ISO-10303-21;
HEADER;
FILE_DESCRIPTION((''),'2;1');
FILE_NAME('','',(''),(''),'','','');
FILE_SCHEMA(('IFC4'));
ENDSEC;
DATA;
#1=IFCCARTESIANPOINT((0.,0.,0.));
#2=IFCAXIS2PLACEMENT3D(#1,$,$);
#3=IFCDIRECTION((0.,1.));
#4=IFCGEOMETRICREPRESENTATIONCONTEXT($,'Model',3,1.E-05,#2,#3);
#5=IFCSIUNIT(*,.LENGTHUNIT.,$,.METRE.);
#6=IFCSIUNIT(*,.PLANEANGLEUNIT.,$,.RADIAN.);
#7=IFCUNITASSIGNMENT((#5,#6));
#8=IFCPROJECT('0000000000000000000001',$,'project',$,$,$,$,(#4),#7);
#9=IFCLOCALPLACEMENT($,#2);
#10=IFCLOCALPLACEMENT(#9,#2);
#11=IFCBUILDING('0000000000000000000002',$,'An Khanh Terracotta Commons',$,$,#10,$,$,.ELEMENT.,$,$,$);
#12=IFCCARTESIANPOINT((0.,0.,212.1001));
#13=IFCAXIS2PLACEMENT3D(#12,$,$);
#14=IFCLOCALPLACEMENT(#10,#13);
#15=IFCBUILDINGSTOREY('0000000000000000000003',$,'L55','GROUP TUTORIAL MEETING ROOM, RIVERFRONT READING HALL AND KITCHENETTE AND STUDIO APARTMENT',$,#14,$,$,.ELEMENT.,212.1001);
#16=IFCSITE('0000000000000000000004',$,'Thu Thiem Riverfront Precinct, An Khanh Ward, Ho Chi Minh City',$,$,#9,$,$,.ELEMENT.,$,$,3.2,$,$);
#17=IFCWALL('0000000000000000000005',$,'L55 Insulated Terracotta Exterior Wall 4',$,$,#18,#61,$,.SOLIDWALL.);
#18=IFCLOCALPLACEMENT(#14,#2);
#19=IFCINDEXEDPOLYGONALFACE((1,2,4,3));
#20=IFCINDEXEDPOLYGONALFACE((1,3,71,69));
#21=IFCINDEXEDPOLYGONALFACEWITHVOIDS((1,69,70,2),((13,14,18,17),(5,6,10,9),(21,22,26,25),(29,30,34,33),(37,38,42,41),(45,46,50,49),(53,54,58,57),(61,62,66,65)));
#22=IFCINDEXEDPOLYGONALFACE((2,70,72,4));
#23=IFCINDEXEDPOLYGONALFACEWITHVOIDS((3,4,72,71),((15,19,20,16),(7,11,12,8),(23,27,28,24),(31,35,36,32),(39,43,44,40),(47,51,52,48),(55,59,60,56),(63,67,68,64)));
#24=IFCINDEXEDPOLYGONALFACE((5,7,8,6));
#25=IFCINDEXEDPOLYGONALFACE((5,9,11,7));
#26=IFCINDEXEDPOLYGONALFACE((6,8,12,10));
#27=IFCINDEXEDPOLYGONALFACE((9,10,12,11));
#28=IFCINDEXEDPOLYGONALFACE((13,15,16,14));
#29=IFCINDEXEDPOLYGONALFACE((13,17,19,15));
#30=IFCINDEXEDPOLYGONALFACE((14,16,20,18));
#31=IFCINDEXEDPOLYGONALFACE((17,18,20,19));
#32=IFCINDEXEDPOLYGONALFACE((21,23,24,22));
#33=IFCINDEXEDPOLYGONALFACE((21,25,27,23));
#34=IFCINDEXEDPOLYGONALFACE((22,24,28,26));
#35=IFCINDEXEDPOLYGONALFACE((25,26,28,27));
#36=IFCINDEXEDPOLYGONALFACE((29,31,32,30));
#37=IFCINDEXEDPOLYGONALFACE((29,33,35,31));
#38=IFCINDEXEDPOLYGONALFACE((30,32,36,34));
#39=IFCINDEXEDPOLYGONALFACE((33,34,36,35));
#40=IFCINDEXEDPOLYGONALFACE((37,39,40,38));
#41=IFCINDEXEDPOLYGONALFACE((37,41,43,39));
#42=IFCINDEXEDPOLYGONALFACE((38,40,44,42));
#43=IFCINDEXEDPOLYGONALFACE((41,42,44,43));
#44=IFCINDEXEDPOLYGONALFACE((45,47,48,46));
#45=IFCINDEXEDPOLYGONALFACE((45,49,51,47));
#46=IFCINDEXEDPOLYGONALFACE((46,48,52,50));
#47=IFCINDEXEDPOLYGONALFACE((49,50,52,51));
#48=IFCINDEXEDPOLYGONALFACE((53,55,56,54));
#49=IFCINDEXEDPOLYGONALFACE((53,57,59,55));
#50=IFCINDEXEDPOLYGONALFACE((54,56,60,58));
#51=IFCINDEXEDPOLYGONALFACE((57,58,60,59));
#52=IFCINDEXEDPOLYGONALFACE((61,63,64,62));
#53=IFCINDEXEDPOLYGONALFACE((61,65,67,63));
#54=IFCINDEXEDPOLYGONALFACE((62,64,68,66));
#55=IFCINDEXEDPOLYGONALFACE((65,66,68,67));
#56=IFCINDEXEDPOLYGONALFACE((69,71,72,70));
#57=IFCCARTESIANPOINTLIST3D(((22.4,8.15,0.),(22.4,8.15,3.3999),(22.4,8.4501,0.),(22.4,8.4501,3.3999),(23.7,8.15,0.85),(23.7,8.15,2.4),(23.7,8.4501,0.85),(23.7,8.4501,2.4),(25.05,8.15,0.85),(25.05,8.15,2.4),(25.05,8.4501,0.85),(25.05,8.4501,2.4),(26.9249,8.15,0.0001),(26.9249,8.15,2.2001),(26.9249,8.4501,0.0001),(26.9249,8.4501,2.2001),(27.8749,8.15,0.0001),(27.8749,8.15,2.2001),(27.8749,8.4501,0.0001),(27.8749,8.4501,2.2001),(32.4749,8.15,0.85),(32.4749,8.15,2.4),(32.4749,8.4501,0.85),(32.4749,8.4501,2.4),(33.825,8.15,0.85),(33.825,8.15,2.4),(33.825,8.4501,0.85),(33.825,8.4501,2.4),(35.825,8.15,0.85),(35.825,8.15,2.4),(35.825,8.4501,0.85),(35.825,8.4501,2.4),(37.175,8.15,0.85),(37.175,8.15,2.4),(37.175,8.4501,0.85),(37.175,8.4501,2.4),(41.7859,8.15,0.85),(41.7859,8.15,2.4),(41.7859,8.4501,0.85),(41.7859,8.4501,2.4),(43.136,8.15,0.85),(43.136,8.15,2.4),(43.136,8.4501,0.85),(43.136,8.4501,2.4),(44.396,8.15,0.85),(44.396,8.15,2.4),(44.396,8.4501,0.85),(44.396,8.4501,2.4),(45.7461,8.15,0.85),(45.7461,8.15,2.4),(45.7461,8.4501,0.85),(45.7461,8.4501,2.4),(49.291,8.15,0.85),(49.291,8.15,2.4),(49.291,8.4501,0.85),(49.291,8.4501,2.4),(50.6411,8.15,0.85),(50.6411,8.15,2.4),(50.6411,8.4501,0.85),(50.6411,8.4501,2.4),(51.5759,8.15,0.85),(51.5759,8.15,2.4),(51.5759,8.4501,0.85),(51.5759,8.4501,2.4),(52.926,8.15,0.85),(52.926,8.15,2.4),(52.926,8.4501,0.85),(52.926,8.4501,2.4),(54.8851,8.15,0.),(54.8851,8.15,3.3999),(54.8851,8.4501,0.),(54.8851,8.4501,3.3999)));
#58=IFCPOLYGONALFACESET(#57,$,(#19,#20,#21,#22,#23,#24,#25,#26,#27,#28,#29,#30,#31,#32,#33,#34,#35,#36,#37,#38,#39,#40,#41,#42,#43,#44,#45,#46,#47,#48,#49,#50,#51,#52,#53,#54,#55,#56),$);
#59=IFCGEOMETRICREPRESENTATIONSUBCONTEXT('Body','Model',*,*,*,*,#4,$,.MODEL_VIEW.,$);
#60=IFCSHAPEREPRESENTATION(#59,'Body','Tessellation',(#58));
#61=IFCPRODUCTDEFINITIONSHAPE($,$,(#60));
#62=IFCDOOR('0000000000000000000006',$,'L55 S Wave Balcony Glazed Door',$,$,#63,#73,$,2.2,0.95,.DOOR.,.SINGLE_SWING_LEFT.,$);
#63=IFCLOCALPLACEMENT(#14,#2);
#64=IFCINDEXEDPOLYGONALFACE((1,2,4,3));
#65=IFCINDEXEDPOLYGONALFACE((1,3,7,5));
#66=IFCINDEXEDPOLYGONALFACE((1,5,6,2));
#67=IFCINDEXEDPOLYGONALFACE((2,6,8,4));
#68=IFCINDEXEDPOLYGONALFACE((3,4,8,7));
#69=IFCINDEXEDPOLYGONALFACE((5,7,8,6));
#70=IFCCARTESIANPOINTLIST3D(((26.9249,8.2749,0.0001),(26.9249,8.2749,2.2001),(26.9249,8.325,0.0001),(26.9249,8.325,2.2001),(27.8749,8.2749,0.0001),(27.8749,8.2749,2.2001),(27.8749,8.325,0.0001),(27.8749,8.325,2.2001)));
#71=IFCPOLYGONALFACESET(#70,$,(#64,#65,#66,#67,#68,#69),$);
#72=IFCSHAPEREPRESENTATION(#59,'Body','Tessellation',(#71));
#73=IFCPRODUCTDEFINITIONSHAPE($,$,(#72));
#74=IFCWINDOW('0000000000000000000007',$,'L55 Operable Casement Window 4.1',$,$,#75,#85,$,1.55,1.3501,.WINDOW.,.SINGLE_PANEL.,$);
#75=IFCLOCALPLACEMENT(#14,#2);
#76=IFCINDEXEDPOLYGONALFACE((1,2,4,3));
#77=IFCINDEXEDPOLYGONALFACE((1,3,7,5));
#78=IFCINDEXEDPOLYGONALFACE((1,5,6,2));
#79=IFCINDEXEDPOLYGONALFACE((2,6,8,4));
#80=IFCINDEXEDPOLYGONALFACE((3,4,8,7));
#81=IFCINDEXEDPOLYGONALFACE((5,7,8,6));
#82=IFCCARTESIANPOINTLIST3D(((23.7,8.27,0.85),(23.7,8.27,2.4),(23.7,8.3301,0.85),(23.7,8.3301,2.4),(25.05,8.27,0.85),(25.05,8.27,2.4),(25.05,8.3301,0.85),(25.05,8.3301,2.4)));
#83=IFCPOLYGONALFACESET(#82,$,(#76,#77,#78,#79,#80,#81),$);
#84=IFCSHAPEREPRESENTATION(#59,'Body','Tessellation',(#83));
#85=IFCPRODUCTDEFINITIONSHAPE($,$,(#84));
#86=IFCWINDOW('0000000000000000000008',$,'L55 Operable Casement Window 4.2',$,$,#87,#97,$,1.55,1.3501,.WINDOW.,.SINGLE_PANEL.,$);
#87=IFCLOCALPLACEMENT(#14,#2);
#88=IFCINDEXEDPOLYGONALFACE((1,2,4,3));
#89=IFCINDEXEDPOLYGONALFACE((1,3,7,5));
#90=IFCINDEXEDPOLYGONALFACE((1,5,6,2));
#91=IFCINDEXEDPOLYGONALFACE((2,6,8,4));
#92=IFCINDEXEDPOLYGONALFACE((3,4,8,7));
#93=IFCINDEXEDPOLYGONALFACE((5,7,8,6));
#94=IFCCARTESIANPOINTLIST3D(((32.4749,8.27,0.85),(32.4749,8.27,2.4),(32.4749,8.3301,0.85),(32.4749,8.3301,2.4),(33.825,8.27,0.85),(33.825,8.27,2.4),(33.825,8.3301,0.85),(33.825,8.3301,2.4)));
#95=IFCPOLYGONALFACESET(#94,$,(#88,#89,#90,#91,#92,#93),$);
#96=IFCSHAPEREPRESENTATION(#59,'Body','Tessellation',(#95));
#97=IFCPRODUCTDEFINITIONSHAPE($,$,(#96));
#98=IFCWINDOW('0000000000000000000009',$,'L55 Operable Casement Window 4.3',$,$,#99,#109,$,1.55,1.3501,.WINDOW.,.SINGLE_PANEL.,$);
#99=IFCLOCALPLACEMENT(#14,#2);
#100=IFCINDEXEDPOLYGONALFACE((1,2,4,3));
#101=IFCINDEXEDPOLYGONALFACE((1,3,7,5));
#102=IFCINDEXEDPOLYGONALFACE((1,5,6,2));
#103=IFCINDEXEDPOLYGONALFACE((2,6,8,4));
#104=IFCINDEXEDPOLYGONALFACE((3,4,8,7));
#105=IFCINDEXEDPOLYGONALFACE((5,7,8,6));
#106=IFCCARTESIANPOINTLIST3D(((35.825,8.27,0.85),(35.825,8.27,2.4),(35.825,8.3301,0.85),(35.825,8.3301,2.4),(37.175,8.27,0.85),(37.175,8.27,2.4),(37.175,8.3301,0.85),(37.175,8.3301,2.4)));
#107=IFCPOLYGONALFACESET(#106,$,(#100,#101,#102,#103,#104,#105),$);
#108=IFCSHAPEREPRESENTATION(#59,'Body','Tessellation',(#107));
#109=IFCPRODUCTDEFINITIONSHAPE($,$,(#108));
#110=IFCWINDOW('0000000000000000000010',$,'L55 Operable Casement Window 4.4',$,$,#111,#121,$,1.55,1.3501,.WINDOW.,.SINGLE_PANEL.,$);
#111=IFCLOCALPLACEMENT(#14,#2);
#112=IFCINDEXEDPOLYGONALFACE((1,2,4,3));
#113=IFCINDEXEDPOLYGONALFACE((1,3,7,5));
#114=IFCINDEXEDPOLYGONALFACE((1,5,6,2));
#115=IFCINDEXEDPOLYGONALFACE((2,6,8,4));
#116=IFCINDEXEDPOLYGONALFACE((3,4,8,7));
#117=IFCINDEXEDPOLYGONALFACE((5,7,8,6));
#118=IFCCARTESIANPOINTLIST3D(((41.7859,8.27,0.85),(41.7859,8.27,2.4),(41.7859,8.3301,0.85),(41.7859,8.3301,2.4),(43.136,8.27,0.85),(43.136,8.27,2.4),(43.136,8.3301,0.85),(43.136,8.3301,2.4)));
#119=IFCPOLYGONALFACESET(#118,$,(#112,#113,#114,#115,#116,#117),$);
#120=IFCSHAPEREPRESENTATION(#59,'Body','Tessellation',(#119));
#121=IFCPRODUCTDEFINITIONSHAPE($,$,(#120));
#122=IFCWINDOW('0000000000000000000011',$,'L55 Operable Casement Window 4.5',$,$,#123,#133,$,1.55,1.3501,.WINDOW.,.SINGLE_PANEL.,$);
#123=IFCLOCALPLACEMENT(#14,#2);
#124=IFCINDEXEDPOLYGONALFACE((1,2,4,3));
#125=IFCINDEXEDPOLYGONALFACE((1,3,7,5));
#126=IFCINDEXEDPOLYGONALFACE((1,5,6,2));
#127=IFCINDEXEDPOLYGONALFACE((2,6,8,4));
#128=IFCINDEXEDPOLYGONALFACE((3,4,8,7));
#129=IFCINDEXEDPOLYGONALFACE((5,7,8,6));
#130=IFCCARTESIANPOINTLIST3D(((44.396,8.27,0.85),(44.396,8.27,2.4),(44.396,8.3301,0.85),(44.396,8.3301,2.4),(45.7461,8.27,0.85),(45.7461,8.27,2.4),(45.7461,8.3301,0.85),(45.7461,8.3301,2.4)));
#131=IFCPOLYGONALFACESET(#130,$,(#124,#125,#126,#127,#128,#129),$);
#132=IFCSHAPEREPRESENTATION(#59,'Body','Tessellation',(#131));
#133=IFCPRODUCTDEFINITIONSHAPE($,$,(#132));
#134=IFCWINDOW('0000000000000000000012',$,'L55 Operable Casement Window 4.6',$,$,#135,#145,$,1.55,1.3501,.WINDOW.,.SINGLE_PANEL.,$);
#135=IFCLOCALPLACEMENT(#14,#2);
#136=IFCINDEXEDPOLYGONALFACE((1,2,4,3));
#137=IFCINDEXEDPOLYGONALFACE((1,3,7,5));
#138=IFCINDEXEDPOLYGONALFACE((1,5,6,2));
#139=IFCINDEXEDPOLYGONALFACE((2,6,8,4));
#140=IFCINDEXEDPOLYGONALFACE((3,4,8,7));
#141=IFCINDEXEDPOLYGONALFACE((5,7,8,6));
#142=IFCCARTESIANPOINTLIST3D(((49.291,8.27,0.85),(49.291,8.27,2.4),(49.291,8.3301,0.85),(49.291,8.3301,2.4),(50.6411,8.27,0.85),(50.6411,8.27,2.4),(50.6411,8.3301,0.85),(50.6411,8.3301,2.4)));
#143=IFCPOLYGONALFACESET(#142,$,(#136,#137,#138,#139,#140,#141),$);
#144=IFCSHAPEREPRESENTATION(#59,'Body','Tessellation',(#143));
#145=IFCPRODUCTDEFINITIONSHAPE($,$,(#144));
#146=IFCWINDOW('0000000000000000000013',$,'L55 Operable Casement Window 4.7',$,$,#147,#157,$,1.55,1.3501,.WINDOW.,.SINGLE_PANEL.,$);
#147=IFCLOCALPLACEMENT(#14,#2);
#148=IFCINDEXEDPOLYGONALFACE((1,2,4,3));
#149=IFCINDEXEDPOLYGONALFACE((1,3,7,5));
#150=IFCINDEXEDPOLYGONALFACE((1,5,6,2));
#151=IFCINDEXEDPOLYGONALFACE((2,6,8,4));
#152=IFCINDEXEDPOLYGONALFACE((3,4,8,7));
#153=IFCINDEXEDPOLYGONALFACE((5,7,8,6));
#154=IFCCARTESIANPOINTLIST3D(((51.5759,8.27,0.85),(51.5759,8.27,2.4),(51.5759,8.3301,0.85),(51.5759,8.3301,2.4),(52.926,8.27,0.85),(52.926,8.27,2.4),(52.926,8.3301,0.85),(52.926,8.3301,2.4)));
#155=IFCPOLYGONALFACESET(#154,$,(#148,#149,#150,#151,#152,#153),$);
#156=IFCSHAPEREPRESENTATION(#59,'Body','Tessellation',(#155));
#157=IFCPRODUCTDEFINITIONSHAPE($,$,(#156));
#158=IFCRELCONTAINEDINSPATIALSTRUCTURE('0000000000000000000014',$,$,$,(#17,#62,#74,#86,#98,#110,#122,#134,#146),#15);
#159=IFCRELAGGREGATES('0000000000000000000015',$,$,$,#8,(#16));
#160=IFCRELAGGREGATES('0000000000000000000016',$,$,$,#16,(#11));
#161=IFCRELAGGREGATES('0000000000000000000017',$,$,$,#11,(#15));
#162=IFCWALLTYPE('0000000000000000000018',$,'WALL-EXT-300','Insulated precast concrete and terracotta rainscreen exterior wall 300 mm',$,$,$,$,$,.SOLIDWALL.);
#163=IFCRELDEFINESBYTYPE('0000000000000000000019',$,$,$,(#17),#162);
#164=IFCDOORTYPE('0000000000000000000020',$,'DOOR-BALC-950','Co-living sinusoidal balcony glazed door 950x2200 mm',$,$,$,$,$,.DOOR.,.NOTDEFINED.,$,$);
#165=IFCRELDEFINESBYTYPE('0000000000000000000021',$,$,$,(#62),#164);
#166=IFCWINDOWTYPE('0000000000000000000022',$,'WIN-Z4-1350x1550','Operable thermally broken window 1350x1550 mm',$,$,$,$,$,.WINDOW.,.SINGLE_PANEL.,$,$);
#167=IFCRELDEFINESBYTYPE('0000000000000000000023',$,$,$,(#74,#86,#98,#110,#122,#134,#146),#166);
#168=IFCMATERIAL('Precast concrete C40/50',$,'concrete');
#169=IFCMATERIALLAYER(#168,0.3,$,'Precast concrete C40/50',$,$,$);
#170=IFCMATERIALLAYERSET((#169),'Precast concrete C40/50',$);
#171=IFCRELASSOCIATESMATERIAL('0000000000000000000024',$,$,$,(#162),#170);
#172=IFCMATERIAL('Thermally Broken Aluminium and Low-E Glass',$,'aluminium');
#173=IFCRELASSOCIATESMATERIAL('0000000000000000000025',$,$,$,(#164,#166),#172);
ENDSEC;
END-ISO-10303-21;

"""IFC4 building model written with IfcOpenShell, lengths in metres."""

from ifc_helpers import new_model, si_unit, direction, frame, frame_2d, origin, place, context, subcontext, project, spatial, rectangle, extrude, material, layer, layer_set, type_object, element, fill, save


model = new_model("IFC4")

# Units and contexts
model_context = context("Model", 3, precision=1e-05, world=origin(), true_north=direction((0.0, 1.0)))
body_context = subcontext(model_context, "Body", "Model", "MODEL_VIEW")
ifc_project = project(units=[si_unit("LENGTHUNIT", "METRE"), si_unit("PLANEANGLEUNIT", "RADIAN")], contexts=[model_context])

# Site, building, storey
site_placement = place(None, origin())
site = spatial("IfcSite", under=ifc_project, at=site_placement, Name="Thu Thiem Riverfront Precinct, An Khanh Ward, Ho Chi Minh City", CompositionType="ELEMENT", RefElevation=3.2)
building_placement = place(site_placement, origin())
building = spatial("IfcBuilding", under=site, at=building_placement, Name="An Khanh Terracotta Commons", CompositionType="ELEMENT")
storey_placement = place(building_placement, frame((0.0, 0.0, 212.1001)))
storey = spatial("IfcBuildingStorey", under=building, at=storey_placement, Name="L55", Description="GROUP TUTORIAL MEETING ROOM, RIVERFRONT READING HALL AND KITCHENETTE AND STUDIO APARTMENT", CompositionType="ELEMENT", Elevation=212.1001)

# Shared definitions
ifc_material_1 = material(Name="Precast concrete C40/50", Category="concrete")
ifc_layer_1 = layer(ifc_material_1, 0.3, Name="Precast concrete C40/50")
ifc_layer_set_1 = layer_set([ifc_layer_1], Name="Precast concrete C40/50")
wall_type_1 = type_object("IfcWallType", Name="WALL-EXT-300", Description="Insulated precast concrete and terracotta rainscreen exterior wall 300 mm", PredefinedType="SOLIDWALL", material=ifc_layer_set_1)

# Wall, openings, door, windows
wall_1_placement = place(storey_placement, frame((22.3999, 8.3, 0.0), z_axis=(0.0, 0.0, 1.0), x_axis=(1.0, 0.0, 0.0)))
wall_1 = element("IfcWall", 1, at=wall_1_placement, inside=storey, type_object=wall_type_1, Name="L55 Insulated Terracotta Exterior Wall 4", PredefinedType="SOLIDWALL", context=body_context, shape_type="SweptSolid", body=[
    extrude(rectangle(XDim=32.4851, YDim=0.3, at=frame_2d((16.2427, 0.0))), origin(), (0.0, 0.0, 1.0), 3.3999),
])
opening_1_placement = place(wall_1_placement, frame((4.5249, 0.0, 0.0)))
opening_1 = element("IfcOpeningElement", 2, at=opening_1_placement, cuts=wall_1, PredefinedType="OPENING", context=body_context, shape_type="SweptSolid", body=[
    extrude(rectangle(XDim=0.95, YDim=2.2, at=frame_2d((0.4751, 1.1001))), frame((0.0, 0.1599, 0.0), z_axis=(0.0, -1.0, 0.0), x_axis=(1.0, 0.0, 0.0)), (0.0, 0.0, 1.0), 0.3201),
])
opening_2_placement = place(wall_1_placement, frame((1.3, 0.0, 0.8501)))
opening_2 = element("IfcOpeningElement", 3, at=opening_2_placement, cuts=wall_1, PredefinedType="OPENING", context=body_context, shape_type="SweptSolid", body=[
    extrude(rectangle(XDim=1.3501, YDim=1.55, at=frame_2d((0.675, 0.7749))), frame((0.0, 0.1599, 0.0), z_axis=(0.0, -1.0, 0.0), x_axis=(1.0, 0.0, 0.0)), (0.0, 0.0, 1.0), 0.3201),
])
opening_3_placement = place(wall_1_placement, frame((10.075, 0.0, 0.8501)))
opening_3 = element("IfcOpeningElement", 4, at=opening_3_placement, cuts=wall_1, PredefinedType="OPENING", context=body_context, shape_type="SweptSolid", body=[
    extrude(rectangle(XDim=1.3501, YDim=1.55, at=frame_2d((0.675, 0.7749))), frame((0.0, 0.1599, 0.0), z_axis=(0.0, -1.0, 0.0), x_axis=(1.0, 0.0, 0.0)), (0.0, 0.0, 1.0), 0.3201),
])
opening_4_placement = place(wall_1_placement, frame((13.425, 0.0, 0.8501)))
opening_4 = element("IfcOpeningElement", 5, at=opening_4_placement, cuts=wall_1, PredefinedType="OPENING", context=body_context, shape_type="SweptSolid", body=[
    extrude(rectangle(XDim=1.3501, YDim=1.55, at=frame_2d((0.675, 0.7749))), frame((0.0, 0.1599, 0.0), z_axis=(0.0, -1.0, 0.0), x_axis=(1.0, 0.0, 0.0)), (0.0, 0.0, 1.0), 0.3201),
])
opening_5_placement = place(wall_1_placement, frame((19.386, 0.0, 0.8501)))
opening_5 = element("IfcOpeningElement", 6, at=opening_5_placement, cuts=wall_1, PredefinedType="OPENING", context=body_context, shape_type="SweptSolid", body=[
    extrude(rectangle(XDim=1.3501, YDim=1.55, at=frame_2d((0.675, 0.7749))), frame((0.0, 0.1599, 0.0), z_axis=(0.0, -1.0, 0.0), x_axis=(1.0, 0.0, 0.0)), (0.0, 0.0, 1.0), 0.3201),
])
opening_6_placement = place(wall_1_placement, frame((21.9961, 0.0, 0.8501)))
opening_6 = element("IfcOpeningElement", 7, at=opening_6_placement, cuts=wall_1, PredefinedType="OPENING", context=body_context, shape_type="SweptSolid", body=[
    extrude(rectangle(XDim=1.3501, YDim=1.55, at=frame_2d((0.675, 0.7749))), frame((0.0, 0.1599, 0.0), z_axis=(0.0, -1.0, 0.0), x_axis=(1.0, 0.0, 0.0)), (0.0, 0.0, 1.0), 0.3201),
])
opening_7_placement = place(wall_1_placement, frame((26.8911, 0.0, 0.8501)))
opening_7 = element("IfcOpeningElement", 8, at=opening_7_placement, cuts=wall_1, PredefinedType="OPENING", context=body_context, shape_type="SweptSolid", body=[
    extrude(rectangle(XDim=1.3501, YDim=1.55, at=frame_2d((0.675, 0.7749))), frame((0.0, 0.1599, 0.0), z_axis=(0.0, -1.0, 0.0), x_axis=(1.0, 0.0, 0.0)), (0.0, 0.0, 1.0), 0.3201),
])
opening_8_placement = place(wall_1_placement, frame((29.176, 0.0, 0.8501)))
opening_8 = element("IfcOpeningElement", 9, at=opening_8_placement, cuts=wall_1, PredefinedType="OPENING", context=body_context, shape_type="SweptSolid", body=[
    extrude(rectangle(XDim=1.3501, YDim=1.55, at=frame_2d((0.675, 0.7749))), frame((0.0, 0.1599, 0.0), z_axis=(0.0, -1.0, 0.0), x_axis=(1.0, 0.0, 0.0)), (0.0, 0.0, 1.0), 0.3201),
])
ifc_material_2 = material(Name="Thermally Broken Aluminium and Low-E Glass", Category="aluminium")
door_type = type_object("IfcDoorType", Name="DOOR-BALC-950", Description="Co-living sinusoidal balcony glazed door 950x2200 mm", OperationType="NOTDEFINED", PredefinedType="DOOR", material=ifc_material_2)
door_placement = place(opening_1_placement, origin())
door = element("IfcDoor", 10, at=door_placement, inside=storey, type_object=door_type, Name="L55 S Wave Balcony Glazed Door", OperationType="SINGLE_SWING_LEFT", OverallHeight=2.2, OverallWidth=0.95, PredefinedType="DOOR", context=body_context, shape_type="SweptSolid", body=[
    extrude(rectangle(XDim=0.95, YDim=2.2, at=frame_2d((0.4751, 1.1001))), frame((0.0, 0.0249, 0.0), z_axis=(0.0, -1.0, 0.0), x_axis=(1.0, 0.0, 0.0)), (0.0, 0.0, 1.0), 0.05),
])
fill(opening_1, door)
window_type = type_object("IfcWindowType", Name="WIN-Z4-1350x1550", Description="Operable thermally broken window 1350x1550 mm", PartitioningType="SINGLE_PANEL", PredefinedType="WINDOW", material=ifc_material_2)
window_1_placement = place(opening_2_placement, origin())
window_1 = element("IfcWindow", 11, at=window_1_placement, inside=storey, type_object=window_type, Name="L55 Operable Casement Window 4.1", OverallHeight=1.55, OverallWidth=1.3501, PartitioningType="SINGLE_PANEL", PredefinedType="WINDOW", context=body_context, shape_type="SweptSolid", body=[
    extrude(rectangle(XDim=1.3501, YDim=1.55, at=frame_2d((0.675, 0.7749))), frame((0.0, 0.03, 0.0), z_axis=(0.0, -1.0, 0.0), x_axis=(1.0, 0.0, 0.0)), (0.0, 0.0, 1.0), 0.0601),
])
fill(opening_2, window_1)
window_2_placement = place(opening_3_placement, origin())
window_2 = element("IfcWindow", 12, at=window_2_placement, inside=storey, type_object=window_type, Name="L55 Operable Casement Window 4.2", OverallHeight=1.55, OverallWidth=1.3501, PartitioningType="SINGLE_PANEL", PredefinedType="WINDOW", context=body_context, shape_type="SweptSolid", body=[
    extrude(rectangle(XDim=1.3501, YDim=1.55, at=frame_2d((0.675, 0.7749))), frame((0.0, 0.03, 0.0), z_axis=(0.0, -1.0, 0.0), x_axis=(1.0, 0.0, 0.0)), (0.0, 0.0, 1.0), 0.0601),
])
fill(opening_3, window_2)
window_3_placement = place(opening_4_placement, origin())
window_3 = element("IfcWindow", 13, at=window_3_placement, inside=storey, type_object=window_type, Name="L55 Operable Casement Window 4.3", OverallHeight=1.55, OverallWidth=1.3501, PartitioningType="SINGLE_PANEL", PredefinedType="WINDOW", context=body_context, shape_type="SweptSolid", body=[
    extrude(rectangle(XDim=1.3501, YDim=1.55, at=frame_2d((0.675, 0.7749))), frame((0.0, 0.03, 0.0), z_axis=(0.0, -1.0, 0.0), x_axis=(1.0, 0.0, 0.0)), (0.0, 0.0, 1.0), 0.0601),
])
fill(opening_4, window_3)
window_4_placement = place(opening_5_placement, origin())
window_4 = element("IfcWindow", 14, at=window_4_placement, inside=storey, type_object=window_type, Name="L55 Operable Casement Window 4.4", OverallHeight=1.55, OverallWidth=1.3501, PartitioningType="SINGLE_PANEL", PredefinedType="WINDOW", context=body_context, shape_type="SweptSolid", body=[
    extrude(rectangle(XDim=1.3501, YDim=1.55, at=frame_2d((0.675, 0.7749))), frame((0.0, 0.03, 0.0), z_axis=(0.0, -1.0, 0.0), x_axis=(1.0, 0.0, 0.0)), (0.0, 0.0, 1.0), 0.0601),
])
fill(opening_5, window_4)
window_5_placement = place(opening_6_placement, origin())
window_5 = element("IfcWindow", 15, at=window_5_placement, inside=storey, type_object=window_type, Name="L55 Operable Casement Window 4.5", OverallHeight=1.55, OverallWidth=1.3501, PartitioningType="SINGLE_PANEL", PredefinedType="WINDOW", context=body_context, shape_type="SweptSolid", body=[
    extrude(rectangle(XDim=1.3501, YDim=1.55, at=frame_2d((0.675, 0.7749))), frame((0.0, 0.03, 0.0), z_axis=(0.0, -1.0, 0.0), x_axis=(1.0, 0.0, 0.0)), (0.0, 0.0, 1.0), 0.0601),
])
fill(opening_6, window_5)
window_6_placement = place(opening_7_placement, origin())
window_6 = element("IfcWindow", 16, at=window_6_placement, inside=storey, type_object=window_type, Name="L55 Operable Casement Window 4.6", OverallHeight=1.55, OverallWidth=1.3501, PartitioningType="SINGLE_PANEL", PredefinedType="WINDOW", context=body_context, shape_type="SweptSolid", body=[
    extrude(rectangle(XDim=1.3501, YDim=1.55, at=frame_2d((0.675, 0.7749))), frame((0.0, 0.03, 0.0), z_axis=(0.0, -1.0, 0.0), x_axis=(1.0, 0.0, 0.0)), (0.0, 0.0, 1.0), 0.0601),
])
fill(opening_7, window_6)
window_7_placement = place(opening_8_placement, origin())
window_7 = element("IfcWindow", 17, at=window_7_placement, inside=storey, type_object=window_type, Name="L55 Operable Casement Window 4.7", OverallHeight=1.55, OverallWidth=1.3501, PartitioningType="SINGLE_PANEL", PredefinedType="WINDOW", context=body_context, shape_type="SweptSolid", body=[
    extrude(rectangle(XDim=1.3501, YDim=1.55, at=frame_2d((0.675, 0.7749))), frame((0.0, 0.03, 0.0), z_axis=(0.0, -1.0, 0.0), x_axis=(1.0, 0.0, 0.0)), (0.0, 0.0, 1.0), 0.0601),
])
fill(opening_8, window_7)

save(model, "model.ifc")
